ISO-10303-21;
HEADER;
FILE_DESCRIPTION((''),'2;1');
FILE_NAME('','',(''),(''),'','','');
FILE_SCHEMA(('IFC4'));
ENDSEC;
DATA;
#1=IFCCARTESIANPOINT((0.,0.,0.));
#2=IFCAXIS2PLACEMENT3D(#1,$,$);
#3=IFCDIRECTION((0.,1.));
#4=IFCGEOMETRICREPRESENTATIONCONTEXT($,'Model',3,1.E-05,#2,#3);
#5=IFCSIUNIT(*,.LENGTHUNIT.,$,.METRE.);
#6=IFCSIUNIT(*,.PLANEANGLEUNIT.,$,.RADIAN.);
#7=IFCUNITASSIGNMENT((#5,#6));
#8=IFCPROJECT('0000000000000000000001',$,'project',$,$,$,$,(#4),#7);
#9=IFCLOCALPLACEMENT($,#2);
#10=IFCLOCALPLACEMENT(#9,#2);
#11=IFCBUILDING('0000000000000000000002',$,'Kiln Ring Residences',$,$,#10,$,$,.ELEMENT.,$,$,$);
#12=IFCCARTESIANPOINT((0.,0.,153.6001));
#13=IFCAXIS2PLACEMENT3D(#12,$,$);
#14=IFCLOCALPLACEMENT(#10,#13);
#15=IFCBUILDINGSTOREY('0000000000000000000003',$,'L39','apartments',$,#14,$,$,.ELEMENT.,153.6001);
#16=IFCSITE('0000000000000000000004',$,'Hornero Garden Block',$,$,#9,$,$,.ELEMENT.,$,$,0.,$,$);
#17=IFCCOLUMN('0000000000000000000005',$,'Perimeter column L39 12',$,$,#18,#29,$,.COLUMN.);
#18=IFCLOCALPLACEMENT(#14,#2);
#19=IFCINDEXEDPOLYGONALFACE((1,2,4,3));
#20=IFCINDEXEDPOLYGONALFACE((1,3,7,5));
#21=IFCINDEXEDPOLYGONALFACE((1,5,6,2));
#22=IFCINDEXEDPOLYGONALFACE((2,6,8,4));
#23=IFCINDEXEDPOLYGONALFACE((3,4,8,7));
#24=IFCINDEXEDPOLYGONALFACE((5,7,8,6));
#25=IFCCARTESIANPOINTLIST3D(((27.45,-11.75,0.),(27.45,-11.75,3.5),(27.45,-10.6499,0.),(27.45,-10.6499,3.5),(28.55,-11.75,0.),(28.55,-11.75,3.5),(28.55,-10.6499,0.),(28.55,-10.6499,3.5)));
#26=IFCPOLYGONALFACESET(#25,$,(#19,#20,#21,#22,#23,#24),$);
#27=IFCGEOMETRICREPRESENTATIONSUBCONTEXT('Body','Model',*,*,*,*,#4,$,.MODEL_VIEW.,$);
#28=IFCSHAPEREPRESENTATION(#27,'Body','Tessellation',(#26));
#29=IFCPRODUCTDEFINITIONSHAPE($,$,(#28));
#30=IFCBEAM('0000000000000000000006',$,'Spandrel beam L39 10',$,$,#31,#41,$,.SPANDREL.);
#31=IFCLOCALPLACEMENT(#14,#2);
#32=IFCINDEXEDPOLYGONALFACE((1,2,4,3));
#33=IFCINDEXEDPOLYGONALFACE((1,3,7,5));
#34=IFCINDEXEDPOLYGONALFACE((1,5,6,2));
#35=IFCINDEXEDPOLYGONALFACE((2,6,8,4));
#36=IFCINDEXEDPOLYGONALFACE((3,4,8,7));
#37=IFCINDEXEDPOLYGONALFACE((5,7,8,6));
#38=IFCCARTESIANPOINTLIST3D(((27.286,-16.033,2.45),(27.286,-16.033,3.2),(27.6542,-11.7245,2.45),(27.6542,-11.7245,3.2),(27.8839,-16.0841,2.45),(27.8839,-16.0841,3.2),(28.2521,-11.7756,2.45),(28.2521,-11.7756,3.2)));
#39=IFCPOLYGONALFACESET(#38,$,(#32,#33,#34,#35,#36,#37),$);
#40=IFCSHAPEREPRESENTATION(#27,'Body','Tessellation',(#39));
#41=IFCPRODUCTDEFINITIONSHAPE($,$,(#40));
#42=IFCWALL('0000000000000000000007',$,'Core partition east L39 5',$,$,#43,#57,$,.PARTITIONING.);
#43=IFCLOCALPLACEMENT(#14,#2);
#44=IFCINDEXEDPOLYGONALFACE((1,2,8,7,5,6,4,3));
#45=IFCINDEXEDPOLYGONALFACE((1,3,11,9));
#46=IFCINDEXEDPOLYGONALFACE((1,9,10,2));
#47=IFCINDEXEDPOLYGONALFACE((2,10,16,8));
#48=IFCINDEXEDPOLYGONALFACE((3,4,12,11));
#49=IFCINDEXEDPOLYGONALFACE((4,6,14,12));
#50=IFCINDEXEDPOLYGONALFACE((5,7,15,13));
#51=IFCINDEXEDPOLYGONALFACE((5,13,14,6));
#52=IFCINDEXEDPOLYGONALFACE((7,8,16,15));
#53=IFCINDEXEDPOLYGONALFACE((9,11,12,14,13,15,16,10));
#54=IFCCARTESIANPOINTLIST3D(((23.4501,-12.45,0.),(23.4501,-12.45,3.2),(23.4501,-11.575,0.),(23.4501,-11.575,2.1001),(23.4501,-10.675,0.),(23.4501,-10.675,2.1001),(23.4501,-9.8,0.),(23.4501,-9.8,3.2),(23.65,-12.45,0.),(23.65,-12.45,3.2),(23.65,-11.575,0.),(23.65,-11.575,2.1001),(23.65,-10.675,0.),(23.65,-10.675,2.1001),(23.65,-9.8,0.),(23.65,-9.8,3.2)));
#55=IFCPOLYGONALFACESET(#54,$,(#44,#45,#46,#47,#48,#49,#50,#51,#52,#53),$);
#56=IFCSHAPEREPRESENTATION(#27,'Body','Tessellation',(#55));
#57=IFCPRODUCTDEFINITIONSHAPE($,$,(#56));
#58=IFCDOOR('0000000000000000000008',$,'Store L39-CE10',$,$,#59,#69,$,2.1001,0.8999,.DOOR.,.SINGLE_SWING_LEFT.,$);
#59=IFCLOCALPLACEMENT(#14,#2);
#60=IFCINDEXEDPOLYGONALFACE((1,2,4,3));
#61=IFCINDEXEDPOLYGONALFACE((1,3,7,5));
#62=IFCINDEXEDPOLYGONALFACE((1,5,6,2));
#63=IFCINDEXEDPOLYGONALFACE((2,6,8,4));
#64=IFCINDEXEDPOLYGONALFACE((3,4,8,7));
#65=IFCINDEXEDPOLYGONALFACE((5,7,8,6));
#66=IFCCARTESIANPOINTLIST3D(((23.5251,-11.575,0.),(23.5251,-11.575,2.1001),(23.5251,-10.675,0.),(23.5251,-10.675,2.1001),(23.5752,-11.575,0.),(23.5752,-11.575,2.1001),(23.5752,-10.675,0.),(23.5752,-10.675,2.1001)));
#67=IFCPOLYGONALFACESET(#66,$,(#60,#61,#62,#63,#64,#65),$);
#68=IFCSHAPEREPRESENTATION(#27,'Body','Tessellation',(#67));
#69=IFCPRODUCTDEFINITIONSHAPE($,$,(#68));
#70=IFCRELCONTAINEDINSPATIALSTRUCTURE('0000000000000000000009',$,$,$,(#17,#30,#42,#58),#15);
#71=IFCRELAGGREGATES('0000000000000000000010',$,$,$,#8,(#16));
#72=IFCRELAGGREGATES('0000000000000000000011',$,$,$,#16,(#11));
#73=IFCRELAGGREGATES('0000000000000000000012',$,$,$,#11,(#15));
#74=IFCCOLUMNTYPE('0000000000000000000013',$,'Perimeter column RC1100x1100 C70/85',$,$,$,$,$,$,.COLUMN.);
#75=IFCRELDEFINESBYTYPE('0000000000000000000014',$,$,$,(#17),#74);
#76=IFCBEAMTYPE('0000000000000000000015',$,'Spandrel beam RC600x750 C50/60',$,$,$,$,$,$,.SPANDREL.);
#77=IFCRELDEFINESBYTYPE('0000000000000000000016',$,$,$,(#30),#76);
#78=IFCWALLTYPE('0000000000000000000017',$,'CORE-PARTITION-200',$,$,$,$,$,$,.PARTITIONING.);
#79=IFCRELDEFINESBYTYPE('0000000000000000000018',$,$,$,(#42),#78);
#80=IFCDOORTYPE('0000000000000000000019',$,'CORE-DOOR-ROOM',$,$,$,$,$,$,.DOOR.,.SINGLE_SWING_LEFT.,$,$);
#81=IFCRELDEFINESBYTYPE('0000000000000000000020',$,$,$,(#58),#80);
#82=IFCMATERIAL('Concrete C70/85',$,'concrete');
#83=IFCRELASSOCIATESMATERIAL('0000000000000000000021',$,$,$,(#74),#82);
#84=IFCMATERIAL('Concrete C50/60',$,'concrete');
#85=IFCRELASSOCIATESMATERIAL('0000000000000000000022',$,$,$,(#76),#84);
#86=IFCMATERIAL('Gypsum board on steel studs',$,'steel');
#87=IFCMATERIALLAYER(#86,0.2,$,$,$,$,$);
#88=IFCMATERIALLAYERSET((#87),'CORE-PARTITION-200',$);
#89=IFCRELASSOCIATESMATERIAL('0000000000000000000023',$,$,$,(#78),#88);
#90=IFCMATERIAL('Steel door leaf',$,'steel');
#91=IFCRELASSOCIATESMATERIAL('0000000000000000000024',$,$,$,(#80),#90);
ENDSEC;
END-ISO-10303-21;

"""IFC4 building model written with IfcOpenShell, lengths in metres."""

from ifc_helpers import new_model, si_unit, direction, frame, frame_2d, origin, origin_2d, place, context, subcontext, project, spatial, rectangle, extrude, material, layer, layer_set, material_profile, profile_set, type_object, element, fill, save


model = new_model("IFC4")

# Units and contexts
model_context = context("Model", 3, precision=1e-05, world=origin(), true_north=direction((0.0, 1.0)))
body_context = subcontext(model_context, "Body", "Model", "MODEL_VIEW")
ifc_project = project(units=[si_unit("LENGTHUNIT", "METRE"), si_unit("PLANEANGLEUNIT", "RADIAN")], contexts=[model_context])

# Site, building, storey
site_placement = place(None, origin())
site = spatial("IfcSite", under=ifc_project, at=site_placement, Name="Hornero Garden Block", CompositionType="ELEMENT", RefElevation=0.0)
building_placement = place(site_placement, origin())
building = spatial("IfcBuilding", under=site, at=building_placement, Name="Kiln Ring Residences", CompositionType="ELEMENT")
storey_placement = place(building_placement, frame((0.0, 0.0, 153.6001)))
storey = spatial("IfcBuildingStorey", under=building, at=storey_placement, Name="L39", Description="apartments", CompositionType="ELEMENT", Elevation=153.6001)

# Column
ifc_material_1 = material(Name="Concrete C70/85", Category="concrete")
ifc_material_profile_1 = material_profile(ifc_material_1, rectangle(XDim=1.1001, YDim=1.1001, at=origin_2d()), Name="RC1100x1100")
ifc_profile_set_1 = profile_set([ifc_material_profile_1], Name="Concrete C70/85")
column_type = type_object("IfcColumnType", Name="Perimeter column RC1100x1100 C70/85", PredefinedType="COLUMN", material=ifc_profile_set_1)
column_placement = place(storey_placement, frame((28.0, -11.2, 0.0), z_axis=(0.0, 0.0, 1.0), x_axis=(1.0, 0.0, 0.0)))
element("IfcColumn", 1, at=column_placement, inside=storey, type_object=column_type, Name="Perimeter column L39 12", PredefinedType="COLUMN", context=body_context, shape_type="SweptSolid", body=[
    extrude(rectangle(XDim=1.1001, YDim=1.1001, at=origin_2d()), origin(), (0.0, 0.0, 1.0), 3.5),
])

# Beam
ifc_material_2 = material(Name="Concrete C50/60", Category="concrete")
ifc_material_profile_2 = material_profile(ifc_material_2, rectangle(XDim=0.6001, YDim=0.75, at=origin_2d()), Name="RC600x750")
ifc_profile_set_2 = profile_set([ifc_material_profile_2], Name="Concrete C50/60")
beam_type = type_object("IfcBeamType", Name="Spandrel beam RC600x750 C50/60", PredefinedType="SPANDREL", material=ifc_profile_set_2)
beam_placement = place(storey_placement, frame((27.585, -16.0586, 2.825), z_axis=(0.085139, 0.996369, 0.0), x_axis=(-0.996369, 0.085139, 0.0)))
element("IfcBeam", 2, at=beam_placement, inside=storey, type_object=beam_type, Name="Spandrel beam L39 10", PredefinedType="SPANDREL", context=body_context, shape_type="SweptSolid", body=[
    extrude(rectangle(XDim=0.6001, YDim=0.75, at=origin_2d()), origin(), (0.0, 0.0, 1.0), 4.3242),
])

# Wall, opening, door
ifc_material_3 = material(Name="Gypsum board on steel studs", Category="steel")
ifc_layer_1 = layer(ifc_material_3, 0.2)
ifc_layer_set_1 = layer_set([ifc_layer_1], Name="CORE-PARTITION-200")
wall_type_1 = type_object("IfcWallType", Name="CORE-PARTITION-200", PredefinedType="PARTITIONING", material=ifc_layer_set_1)
wall_1_placement = place(storey_placement, frame((23.55, -12.45, 0.0), z_axis=(0.0, 0.0, 1.0), x_axis=(0.0, 1.0, 0.0)))
wall_1 = element("IfcWall", 3, at=wall_1_placement, inside=storey, type_object=wall_type_1, Name="Core partition east L39 5", PredefinedType="PARTITIONING", context=body_context, shape_type="SweptSolid", body=[
    extrude(rectangle(XDim=2.6499, YDim=0.2, at=frame_2d((1.325, 0.0))), origin(), (0.0, 0.0, 1.0), 3.2),
])
opening_1_placement = place(wall_1_placement, frame((0.875, 0.0, 0.0)))
opening_1 = element("IfcOpeningElement", 4, at=opening_1_placement, cuts=wall_1, PredefinedType="OPENING", context=body_context, shape_type="SweptSolid", body=[
    extrude(rectangle(XDim=0.8999, YDim=2.1001, at=frame_2d((0.45, 1.05))), frame((0.0, 0.1099, 0.0), z_axis=(0.0, -1.0, 0.0), x_axis=(1.0, 0.0, 0.0)), (0.0, 0.0, 1.0), 0.22),
])
ifc_material_4 = material(Name="Steel door leaf", Category="steel")
door_type_1 = type_object("IfcDoorType", Name="CORE-DOOR-ROOM", OperationType="SINGLE_SWING_LEFT", PredefinedType="DOOR", material=ifc_material_4)
door_1_placement = place(opening_1_placement, origin())
door_1 = element("IfcDoor", 5, at=door_1_placement, inside=storey, type_object=door_type_1, Name="Store L39-CE10", OperationType="SINGLE_SWING_LEFT", OverallHeight=2.1001, OverallWidth=0.8999, PredefinedType="DOOR", context=body_context, shape_type="SweptSolid", body=[
    extrude(rectangle(XDim=0.8999, YDim=2.1001, at=frame_2d((0.45, 1.05))), frame((0.0, 0.0249, 0.0), z_axis=(0.0, -1.0, 0.0), x_axis=(1.0, 0.0, 0.0)), (0.0, 0.0, 1.0), 0.05),
])
fill(opening_1, door_1)

save(model, "model.ifc")
